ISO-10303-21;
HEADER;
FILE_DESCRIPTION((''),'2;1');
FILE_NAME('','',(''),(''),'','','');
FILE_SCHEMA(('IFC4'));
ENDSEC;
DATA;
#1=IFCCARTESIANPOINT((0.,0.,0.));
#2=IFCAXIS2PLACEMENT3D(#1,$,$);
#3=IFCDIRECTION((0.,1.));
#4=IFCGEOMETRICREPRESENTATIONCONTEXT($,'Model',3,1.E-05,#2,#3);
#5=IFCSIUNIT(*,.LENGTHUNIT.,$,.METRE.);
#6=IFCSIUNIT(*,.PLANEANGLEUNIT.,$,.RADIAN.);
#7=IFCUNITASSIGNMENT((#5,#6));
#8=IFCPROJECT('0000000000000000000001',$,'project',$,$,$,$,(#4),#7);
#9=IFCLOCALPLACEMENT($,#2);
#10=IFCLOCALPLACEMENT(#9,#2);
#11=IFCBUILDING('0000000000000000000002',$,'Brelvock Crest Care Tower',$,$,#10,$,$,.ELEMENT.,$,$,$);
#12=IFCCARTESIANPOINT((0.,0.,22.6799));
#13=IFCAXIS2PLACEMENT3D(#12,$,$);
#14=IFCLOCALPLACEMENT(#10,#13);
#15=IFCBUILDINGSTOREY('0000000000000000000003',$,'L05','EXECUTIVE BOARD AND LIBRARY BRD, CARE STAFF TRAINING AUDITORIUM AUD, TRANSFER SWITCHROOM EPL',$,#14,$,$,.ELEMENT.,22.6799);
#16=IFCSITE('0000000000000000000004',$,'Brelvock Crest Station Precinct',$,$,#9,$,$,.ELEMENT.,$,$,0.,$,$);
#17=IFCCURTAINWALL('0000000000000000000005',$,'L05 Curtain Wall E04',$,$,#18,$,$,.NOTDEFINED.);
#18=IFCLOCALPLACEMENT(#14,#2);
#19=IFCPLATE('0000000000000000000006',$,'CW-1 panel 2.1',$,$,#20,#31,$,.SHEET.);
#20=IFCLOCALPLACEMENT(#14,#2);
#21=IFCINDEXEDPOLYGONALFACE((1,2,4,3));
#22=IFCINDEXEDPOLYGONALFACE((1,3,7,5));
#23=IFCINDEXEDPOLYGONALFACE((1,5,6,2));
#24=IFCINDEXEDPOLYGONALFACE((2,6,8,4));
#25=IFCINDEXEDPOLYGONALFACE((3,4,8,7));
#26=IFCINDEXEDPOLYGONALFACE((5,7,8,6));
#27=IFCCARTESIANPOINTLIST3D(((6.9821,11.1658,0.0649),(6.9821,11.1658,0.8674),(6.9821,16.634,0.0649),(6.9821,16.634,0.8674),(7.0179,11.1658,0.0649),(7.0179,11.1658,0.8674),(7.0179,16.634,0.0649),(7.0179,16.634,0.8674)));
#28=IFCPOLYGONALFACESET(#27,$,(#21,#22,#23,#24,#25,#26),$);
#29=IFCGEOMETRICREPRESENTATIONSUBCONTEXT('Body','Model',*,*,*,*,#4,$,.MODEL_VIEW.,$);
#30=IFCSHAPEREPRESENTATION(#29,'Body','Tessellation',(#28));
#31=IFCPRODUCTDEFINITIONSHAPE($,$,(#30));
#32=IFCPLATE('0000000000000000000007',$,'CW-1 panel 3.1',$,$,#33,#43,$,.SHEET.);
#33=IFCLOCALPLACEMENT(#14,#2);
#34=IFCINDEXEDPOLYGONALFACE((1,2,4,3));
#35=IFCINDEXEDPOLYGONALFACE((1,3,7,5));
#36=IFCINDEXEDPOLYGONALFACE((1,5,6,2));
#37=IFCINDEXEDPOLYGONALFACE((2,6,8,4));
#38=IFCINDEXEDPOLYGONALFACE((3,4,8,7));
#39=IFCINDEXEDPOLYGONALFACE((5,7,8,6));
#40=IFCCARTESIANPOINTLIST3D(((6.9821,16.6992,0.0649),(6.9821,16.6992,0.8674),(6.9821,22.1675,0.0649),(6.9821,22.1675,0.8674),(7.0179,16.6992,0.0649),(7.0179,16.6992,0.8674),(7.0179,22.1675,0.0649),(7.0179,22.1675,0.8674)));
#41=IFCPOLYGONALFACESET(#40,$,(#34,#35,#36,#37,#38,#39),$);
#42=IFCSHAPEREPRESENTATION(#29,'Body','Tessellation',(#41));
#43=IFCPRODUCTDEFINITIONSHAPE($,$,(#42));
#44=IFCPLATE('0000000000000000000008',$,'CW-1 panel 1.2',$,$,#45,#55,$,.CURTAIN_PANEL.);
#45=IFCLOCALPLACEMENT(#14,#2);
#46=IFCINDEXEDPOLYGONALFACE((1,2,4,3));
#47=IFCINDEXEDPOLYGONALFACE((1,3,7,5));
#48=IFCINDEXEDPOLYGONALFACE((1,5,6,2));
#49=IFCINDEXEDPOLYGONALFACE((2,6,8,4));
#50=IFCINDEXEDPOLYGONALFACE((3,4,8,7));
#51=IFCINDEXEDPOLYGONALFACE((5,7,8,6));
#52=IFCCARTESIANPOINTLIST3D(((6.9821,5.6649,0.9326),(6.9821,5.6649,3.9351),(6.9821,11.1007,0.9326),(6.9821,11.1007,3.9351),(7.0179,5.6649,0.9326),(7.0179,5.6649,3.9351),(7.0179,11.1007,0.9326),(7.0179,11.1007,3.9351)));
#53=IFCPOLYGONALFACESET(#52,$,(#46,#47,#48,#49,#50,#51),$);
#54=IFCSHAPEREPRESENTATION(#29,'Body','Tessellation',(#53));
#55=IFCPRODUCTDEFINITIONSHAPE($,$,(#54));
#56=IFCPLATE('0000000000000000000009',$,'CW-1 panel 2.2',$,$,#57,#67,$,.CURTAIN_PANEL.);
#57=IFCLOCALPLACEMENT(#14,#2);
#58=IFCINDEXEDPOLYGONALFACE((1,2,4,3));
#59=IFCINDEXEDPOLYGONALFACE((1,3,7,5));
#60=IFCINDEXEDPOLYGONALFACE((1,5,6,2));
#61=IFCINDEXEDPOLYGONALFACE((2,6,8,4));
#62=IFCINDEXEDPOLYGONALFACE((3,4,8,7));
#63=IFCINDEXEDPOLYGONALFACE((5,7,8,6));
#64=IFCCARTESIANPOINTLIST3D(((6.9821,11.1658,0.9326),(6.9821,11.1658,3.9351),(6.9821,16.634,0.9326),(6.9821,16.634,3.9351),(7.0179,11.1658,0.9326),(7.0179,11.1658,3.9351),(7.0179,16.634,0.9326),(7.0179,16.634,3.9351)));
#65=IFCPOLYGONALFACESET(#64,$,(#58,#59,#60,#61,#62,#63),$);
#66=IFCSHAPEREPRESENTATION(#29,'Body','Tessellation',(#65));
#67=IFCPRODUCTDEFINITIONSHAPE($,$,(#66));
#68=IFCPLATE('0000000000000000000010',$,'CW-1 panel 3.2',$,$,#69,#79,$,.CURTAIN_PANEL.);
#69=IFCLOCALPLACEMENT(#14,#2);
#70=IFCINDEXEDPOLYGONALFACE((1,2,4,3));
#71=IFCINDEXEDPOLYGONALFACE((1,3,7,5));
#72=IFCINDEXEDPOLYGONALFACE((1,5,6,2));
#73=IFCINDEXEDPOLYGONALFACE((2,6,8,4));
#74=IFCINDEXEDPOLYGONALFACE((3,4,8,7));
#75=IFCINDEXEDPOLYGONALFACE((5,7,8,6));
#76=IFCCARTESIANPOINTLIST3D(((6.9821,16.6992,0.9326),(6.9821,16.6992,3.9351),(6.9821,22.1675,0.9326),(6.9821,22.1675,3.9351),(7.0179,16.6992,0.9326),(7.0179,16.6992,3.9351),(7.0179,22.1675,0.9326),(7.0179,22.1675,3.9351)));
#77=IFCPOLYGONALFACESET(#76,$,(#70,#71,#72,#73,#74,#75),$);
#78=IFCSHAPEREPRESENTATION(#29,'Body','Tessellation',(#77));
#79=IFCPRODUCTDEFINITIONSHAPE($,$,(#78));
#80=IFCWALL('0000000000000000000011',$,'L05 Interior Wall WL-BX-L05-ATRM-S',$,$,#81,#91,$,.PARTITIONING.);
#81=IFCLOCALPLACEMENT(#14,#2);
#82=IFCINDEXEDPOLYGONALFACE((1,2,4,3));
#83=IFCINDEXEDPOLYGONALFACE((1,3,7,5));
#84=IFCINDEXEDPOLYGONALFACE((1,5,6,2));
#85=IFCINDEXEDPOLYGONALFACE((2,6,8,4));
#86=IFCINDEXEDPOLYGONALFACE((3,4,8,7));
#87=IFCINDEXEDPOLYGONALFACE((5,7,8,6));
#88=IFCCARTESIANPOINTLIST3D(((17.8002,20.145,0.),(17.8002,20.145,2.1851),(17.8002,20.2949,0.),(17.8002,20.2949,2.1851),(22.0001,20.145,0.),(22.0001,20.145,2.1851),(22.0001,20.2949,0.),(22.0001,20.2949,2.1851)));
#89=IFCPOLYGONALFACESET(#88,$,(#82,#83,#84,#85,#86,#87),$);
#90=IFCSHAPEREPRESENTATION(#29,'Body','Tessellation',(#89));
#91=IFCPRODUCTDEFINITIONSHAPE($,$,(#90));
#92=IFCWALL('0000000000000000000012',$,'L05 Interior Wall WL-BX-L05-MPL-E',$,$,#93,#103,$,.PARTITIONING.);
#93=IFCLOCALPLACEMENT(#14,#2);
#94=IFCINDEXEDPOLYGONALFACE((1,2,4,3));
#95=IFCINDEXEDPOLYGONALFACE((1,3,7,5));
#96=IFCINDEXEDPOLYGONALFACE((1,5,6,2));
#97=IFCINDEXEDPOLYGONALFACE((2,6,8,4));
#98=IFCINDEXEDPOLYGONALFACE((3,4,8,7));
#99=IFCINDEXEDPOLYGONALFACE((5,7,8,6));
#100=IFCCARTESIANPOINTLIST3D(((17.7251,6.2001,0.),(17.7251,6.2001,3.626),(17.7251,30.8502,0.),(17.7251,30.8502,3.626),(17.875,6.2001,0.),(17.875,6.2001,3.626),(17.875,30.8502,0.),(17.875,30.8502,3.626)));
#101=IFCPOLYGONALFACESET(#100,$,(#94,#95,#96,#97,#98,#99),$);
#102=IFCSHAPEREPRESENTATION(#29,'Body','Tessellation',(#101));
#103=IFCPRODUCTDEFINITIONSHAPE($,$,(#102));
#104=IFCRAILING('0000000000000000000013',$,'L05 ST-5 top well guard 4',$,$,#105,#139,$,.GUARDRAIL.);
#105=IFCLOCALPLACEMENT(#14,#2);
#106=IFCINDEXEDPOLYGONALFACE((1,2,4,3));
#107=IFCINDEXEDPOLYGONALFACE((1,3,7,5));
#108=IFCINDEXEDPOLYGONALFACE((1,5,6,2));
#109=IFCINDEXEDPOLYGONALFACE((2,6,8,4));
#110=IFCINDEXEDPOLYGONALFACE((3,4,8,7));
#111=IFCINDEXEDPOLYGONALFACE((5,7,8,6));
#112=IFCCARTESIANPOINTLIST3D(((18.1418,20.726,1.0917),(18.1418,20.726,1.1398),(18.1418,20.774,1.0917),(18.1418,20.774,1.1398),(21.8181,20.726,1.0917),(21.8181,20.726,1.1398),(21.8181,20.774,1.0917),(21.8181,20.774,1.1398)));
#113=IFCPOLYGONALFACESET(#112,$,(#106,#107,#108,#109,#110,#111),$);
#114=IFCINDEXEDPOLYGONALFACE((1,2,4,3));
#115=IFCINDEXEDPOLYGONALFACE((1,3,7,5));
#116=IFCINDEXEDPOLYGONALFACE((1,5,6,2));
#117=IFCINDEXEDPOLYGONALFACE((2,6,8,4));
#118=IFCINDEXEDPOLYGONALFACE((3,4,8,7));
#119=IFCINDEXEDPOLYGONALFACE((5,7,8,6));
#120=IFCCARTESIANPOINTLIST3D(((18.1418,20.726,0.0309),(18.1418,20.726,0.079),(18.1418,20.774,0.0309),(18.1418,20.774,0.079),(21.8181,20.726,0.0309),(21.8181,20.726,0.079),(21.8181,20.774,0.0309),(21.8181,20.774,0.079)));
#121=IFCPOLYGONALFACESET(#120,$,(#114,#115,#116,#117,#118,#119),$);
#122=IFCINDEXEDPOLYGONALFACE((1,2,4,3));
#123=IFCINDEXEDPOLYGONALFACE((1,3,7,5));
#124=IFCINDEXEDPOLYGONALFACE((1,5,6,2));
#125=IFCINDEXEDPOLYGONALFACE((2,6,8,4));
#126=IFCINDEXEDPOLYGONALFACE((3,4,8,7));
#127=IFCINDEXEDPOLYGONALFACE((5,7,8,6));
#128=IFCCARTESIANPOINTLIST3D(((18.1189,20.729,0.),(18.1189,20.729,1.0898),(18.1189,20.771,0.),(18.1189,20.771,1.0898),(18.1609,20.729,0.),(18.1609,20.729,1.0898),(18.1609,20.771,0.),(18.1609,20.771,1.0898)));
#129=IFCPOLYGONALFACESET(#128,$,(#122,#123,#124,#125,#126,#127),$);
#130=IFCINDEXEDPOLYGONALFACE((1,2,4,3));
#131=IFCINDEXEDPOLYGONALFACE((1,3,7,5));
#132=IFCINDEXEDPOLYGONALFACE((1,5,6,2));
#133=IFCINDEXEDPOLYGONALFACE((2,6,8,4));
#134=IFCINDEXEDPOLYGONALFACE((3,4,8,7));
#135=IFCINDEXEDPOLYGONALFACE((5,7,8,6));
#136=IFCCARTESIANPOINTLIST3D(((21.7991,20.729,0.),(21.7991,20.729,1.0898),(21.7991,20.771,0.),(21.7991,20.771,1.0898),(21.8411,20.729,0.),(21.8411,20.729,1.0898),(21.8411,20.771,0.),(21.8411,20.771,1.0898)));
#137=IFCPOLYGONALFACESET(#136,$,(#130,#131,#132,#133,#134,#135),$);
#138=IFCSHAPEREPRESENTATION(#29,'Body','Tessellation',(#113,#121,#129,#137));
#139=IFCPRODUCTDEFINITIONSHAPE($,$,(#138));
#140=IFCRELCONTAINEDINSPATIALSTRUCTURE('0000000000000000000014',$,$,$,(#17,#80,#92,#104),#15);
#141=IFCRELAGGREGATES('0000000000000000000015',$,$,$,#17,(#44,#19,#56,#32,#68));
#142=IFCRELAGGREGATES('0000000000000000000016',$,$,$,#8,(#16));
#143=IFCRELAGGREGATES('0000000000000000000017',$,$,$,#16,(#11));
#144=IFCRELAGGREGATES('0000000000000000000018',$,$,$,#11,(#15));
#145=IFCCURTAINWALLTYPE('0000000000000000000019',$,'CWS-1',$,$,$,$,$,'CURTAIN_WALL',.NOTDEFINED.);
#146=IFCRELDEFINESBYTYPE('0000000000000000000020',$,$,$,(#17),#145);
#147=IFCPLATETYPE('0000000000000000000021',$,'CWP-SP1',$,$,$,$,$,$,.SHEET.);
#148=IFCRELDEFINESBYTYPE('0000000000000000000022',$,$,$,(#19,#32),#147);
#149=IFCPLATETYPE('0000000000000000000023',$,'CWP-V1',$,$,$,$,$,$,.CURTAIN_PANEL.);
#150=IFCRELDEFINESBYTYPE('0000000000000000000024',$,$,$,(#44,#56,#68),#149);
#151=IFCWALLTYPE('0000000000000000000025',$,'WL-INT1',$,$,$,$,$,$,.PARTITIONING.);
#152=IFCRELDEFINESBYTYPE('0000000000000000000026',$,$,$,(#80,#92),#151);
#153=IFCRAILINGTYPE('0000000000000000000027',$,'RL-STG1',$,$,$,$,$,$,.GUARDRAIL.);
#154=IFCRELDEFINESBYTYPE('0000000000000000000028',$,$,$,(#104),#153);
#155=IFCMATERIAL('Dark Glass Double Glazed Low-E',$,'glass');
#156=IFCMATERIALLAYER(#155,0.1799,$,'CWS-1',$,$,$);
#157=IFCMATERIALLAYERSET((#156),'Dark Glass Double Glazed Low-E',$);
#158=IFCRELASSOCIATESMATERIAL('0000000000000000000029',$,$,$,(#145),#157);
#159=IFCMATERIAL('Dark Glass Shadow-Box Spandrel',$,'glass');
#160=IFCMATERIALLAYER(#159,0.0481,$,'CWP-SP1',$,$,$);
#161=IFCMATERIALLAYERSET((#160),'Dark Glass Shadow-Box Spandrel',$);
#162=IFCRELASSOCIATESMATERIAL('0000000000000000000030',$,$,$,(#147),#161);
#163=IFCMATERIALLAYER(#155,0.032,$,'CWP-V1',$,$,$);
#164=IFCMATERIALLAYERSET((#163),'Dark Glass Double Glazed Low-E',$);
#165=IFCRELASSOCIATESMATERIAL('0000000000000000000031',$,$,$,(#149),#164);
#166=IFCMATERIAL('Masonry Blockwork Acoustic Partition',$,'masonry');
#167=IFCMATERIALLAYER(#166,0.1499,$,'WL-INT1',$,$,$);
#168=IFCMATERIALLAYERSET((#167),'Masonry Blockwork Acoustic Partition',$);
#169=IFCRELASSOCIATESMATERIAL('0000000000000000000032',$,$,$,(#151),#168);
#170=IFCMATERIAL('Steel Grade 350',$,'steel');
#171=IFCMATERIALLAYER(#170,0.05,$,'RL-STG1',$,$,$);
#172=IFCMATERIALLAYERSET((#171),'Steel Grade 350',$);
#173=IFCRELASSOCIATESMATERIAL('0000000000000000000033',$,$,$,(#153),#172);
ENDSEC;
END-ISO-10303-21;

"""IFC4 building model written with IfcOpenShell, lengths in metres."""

from ifc_helpers import new_model, si_unit, direction, frame, frame_2d, origin, origin_2d, place, context, subcontext, project, spatial, rectangle, extrude, source, transform, mapped, material, layer, layer_set, type_object, element, aggregate, save


model = new_model("IFC4")

# Units and contexts
model_context = context("Model", 3, precision=1e-05, world=origin(), true_north=direction((0.0, 1.0)))
body_context = subcontext(model_context, "Body", "Model", "MODEL_VIEW")
ifc_project = project(units=[si_unit("LENGTHUNIT", "METRE"), si_unit("PLANEANGLEUNIT", "RADIAN")], contexts=[model_context])

# Site, building, storey
site_placement = place(None, origin())
site = spatial("IfcSite", under=ifc_project, at=site_placement, Name="Brelvock Crest Station Precinct", CompositionType="ELEMENT", RefElevation=0.0)
building_placement = place(site_placement, origin())
building = spatial("IfcBuilding", under=site, at=building_placement, Name="Brelvock Crest Care Tower", CompositionType="ELEMENT")
storey_placement = place(building_placement, frame((0.0, 0.0, 22.6799)))
storey = spatial("IfcBuildingStorey", under=building, at=storey_placement, Name="L05", Description="EXECUTIVE BOARD AND LIBRARY BRD, CARE STAFF TRAINING AUDITORIUM AUD, TRANSFER SWITCHROOM EPL", CompositionType="ELEMENT", Elevation=22.6799)

# Shared definitions
ifc_material_1 = material(Name="Steel Grade 350", Category="steel")

# Curtain wall
ifc_material_2 = material(Name="Dark Glass Double Glazed Low-E", Category="glass")
ifc_layer_1 = layer(ifc_material_2, 0.1799, Name="CWS-1")
ifc_layer_set_1 = layer_set([ifc_layer_1], Name="Dark Glass Double Glazed Low-E")
curtain_wall_type = type_object("IfcCurtainWallType", Name="CWS-1", ElementType="CURTAIN_WALL", PredefinedType="NOTDEFINED", material=ifc_layer_set_1)
curtain_wall_placement = place(storey_placement, origin())
curtain_wall = element("IfcCurtainWall", 1, at=curtain_wall_placement, inside=storey, type_object=curtain_wall_type, Name="L05 Curtain Wall E04", PredefinedType="NOTDEFINED")

# Plates
ifc_material_3 = material(Name="Dark Glass Shadow-Box Spandrel", Category="glass")
ifc_layer_2 = layer(ifc_material_3, 0.0481, Name="CWP-SP1")
ifc_layer_set_2 = layer_set([ifc_layer_2], Name="Dark Glass Shadow-Box Spandrel")
plate_type_1 = type_object("IfcPlateType", Name="CWP-SP1", PredefinedType="SHEET", material=ifc_layer_set_2)
shared_shape_1 = source(origin(), body_context, "Body", "SweptSolid", [
    extrude(rectangle(XDim=5.4683, YDim=0.0359, at=origin_2d()), origin(), (0.0, 0.0, 1.0), 0.8025),
])
plate_1_placement = place(storey_placement, frame((7.0, 13.8999, 0.0649), z_axis=(0.0, 0.0, 1.0), x_axis=(0.0, 1.0, 0.0)))
plate_1 = element("IfcPlate", 2, at=plate_1_placement, type_object=plate_type_1, Name="CW-1 panel 2.1", PredefinedType="SHEET", context=body_context, shape_type="MappedRepresentation", body=[
    mapped(shared_shape_1, transform((0.0, 0.0, 0.0), x_axis=(1.0, 0.0, 0.0), y_axis=(0.0, 1.0, 0.0), z_axis=(0.0, 0.0, 1.0), scale=1.0)),
])
plate_2_placement = place(storey_placement, frame((7.0, 19.4333, 0.0649), z_axis=(0.0, 0.0, 1.0), x_axis=(0.0, 1.0, 0.0)))
plate_2 = element("IfcPlate", 3, at=plate_2_placement, type_object=plate_type_1, Name="CW-1 panel 3.1", PredefinedType="SHEET", context=body_context, shape_type="MappedRepresentation", body=[
    mapped(shared_shape_1, transform((0.0, 0.0, 0.0), x_axis=(1.0, 0.0, 0.0), y_axis=(0.0, 1.0, 0.0), z_axis=(0.0, 0.0, 1.0), scale=1.0)),
])
ifc_layer_3 = layer(ifc_material_2, 0.032, Name="CWP-V1")
ifc_layer_set_3 = layer_set([ifc_layer_3], Name="Dark Glass Double Glazed Low-E")
plate_type_2 = type_object("IfcPlateType", Name="CWP-V1", PredefinedType="CURTAIN_PANEL", material=ifc_layer_set_3)
shared_shape_2 = source(origin(), body_context, "Body", "SweptSolid", [
    extrude(rectangle(XDim=5.4358, YDim=0.0359, at=origin_2d()), origin(), (0.0, 0.0, 1.0), 3.0024),
])
plate_3_placement = place(storey_placement, frame((7.0, 8.3828, 0.9326), z_axis=(0.0, 0.0, 1.0), x_axis=(0.0, 1.0, 0.0)))
plate_3 = element("IfcPlate", 4, at=plate_3_placement, type_object=plate_type_2, Name="CW-1 panel 1.2", PredefinedType="CURTAIN_PANEL", context=body_context, shape_type="MappedRepresentation", body=[
    mapped(shared_shape_2, transform((0.0, 0.0, 0.0), x_axis=(1.0, 0.0, 0.0), y_axis=(0.0, 1.0, 0.0), z_axis=(0.0, 0.0, 1.0), scale=1.0)),
])
shared_shape_3 = source(origin(), body_context, "Body", "SweptSolid", [
    extrude(rectangle(XDim=5.4683, YDim=0.0359, at=origin_2d()), origin(), (0.0, 0.0, 1.0), 3.0024),
])
plate_4_placement = place(storey_placement, frame((7.0, 13.8999, 0.9326), z_axis=(0.0, 0.0, 1.0), x_axis=(0.0, 1.0, 0.0)))
plate_4 = element("IfcPlate", 5, at=plate_4_placement, type_object=plate_type_2, Name="CW-1 panel 2.2", PredefinedType="CURTAIN_PANEL", context=body_context, shape_type="MappedRepresentation", body=[
    mapped(shared_shape_3, transform((0.0, 0.0, 0.0), x_axis=(1.0, 0.0, 0.0), y_axis=(0.0, 1.0, 0.0), z_axis=(0.0, 0.0, 1.0), scale=1.0)),
])
plate_5_placement = place(storey_placement, frame((7.0, 19.4333, 0.9326), z_axis=(0.0, 0.0, 1.0), x_axis=(0.0, 1.0, 0.0)))
plate_5 = element("IfcPlate", 6, at=plate_5_placement, type_object=plate_type_2, Name="CW-1 panel 3.2", PredefinedType="CURTAIN_PANEL", context=body_context, shape_type="MappedRepresentation", body=[
    mapped(shared_shape_3, transform((0.0, 0.0, 0.0), x_axis=(1.0, 0.0, 0.0), y_axis=(0.0, 1.0, 0.0), z_axis=(0.0, 0.0, 1.0), scale=1.0)),
])
aggregate(curtain_wall, [plate_3, plate_1, plate_4, plate_2, plate_5])

# Walls
ifc_material_4 = material(Name="Masonry Blockwork Acoustic Partition", Category="masonry")
ifc_layer_4 = layer(ifc_material_4, 0.1499, Name="WL-INT1")
ifc_layer_set_4 = layer_set([ifc_layer_4], Name="Masonry Blockwork Acoustic Partition")
wall_type = type_object("IfcWallType", Name="WL-INT1", PredefinedType="PARTITIONING", material=ifc_layer_set_4)
wall_1_placement = place(storey_placement, frame((17.8, 20.22, 0.0), z_axis=(0.0, 0.0, 1.0), x_axis=(1.0, 0.0, 0.0)))
element("IfcWall", 7, at=wall_1_placement, inside=storey, type_object=wall_type, Name="L05 Interior Wall WL-BX-L05-ATRM-S", PredefinedType="PARTITIONING", context=body_context, shape_type="SweptSolid", body=[
    extrude(rectangle(XDim=4.2, YDim=0.1499, at=frame_2d((2.1001, 0.0))), origin(), (0.0, 0.0, 1.0), 2.1851),
])
wall_2_placement = place(storey_placement, frame((17.8, 6.2, 0.0), z_axis=(0.0, 0.0, 1.0), x_axis=(0.0, 1.0, 0.0)))
element("IfcWall", 8, at=wall_2_placement, inside=storey, type_object=wall_type, Name="L05 Interior Wall WL-BX-L05-MPL-E", PredefinedType="PARTITIONING", context=body_context, shape_type="SweptSolid", body=[
    extrude(rectangle(XDim=24.6501, YDim=0.1499, at=frame_2d((12.3252, 0.0))), origin(), (0.0, 0.0, 1.0), 3.626),
])

# Railing
ifc_layer_5 = layer(ifc_material_1, 0.05, Name="RL-STG1")
ifc_layer_set_5 = layer_set([ifc_layer_5], Name="Steel Grade 350")
railing_type = type_object("IfcRailingType", Name="RL-STG1", PredefinedType="GUARDRAIL", material=ifc_layer_set_5)
railing_placement = place(storey_placement, frame((18.1399, 20.75, 0.0)))
element("IfcRailing", 9, at=railing_placement, inside=storey, type_object=railing_type, Name="L05 ST-5 top well guard 4", PredefinedType="GUARDRAIL", context=body_context, shape_type="SweptSolid", body=[
    extrude(rectangle(XDim=0.0481, YDim=0.0481, at=origin_2d()), frame((0.002, 0.0, 1.1157), z_axis=(1.0, 0.0, 0.0), x_axis=(0.0, 1.0, 0.0)), (0.0, 0.0, 1.0), 3.6763),
    extrude(rectangle(XDim=0.0481, YDim=0.0481, at=origin_2d()), frame((0.002, 0.0, 0.0549), z_axis=(1.0, 0.0, 0.0), x_axis=(0.0, 1.0, 0.0)), (0.0, 0.0, 1.0), 3.6763),
    extrude(rectangle(XDim=0.042, YDim=0.042, at=origin_2d()), origin(), (0.0, 0.0, 1.0), 1.0898),
    extrude(rectangle(XDim=0.042, YDim=0.042, at=origin_2d()), frame((3.6802, 0.0, 0.0)), (0.0, 0.0, 1.0), 1.0898),
])

save(model, "model.ifc")
